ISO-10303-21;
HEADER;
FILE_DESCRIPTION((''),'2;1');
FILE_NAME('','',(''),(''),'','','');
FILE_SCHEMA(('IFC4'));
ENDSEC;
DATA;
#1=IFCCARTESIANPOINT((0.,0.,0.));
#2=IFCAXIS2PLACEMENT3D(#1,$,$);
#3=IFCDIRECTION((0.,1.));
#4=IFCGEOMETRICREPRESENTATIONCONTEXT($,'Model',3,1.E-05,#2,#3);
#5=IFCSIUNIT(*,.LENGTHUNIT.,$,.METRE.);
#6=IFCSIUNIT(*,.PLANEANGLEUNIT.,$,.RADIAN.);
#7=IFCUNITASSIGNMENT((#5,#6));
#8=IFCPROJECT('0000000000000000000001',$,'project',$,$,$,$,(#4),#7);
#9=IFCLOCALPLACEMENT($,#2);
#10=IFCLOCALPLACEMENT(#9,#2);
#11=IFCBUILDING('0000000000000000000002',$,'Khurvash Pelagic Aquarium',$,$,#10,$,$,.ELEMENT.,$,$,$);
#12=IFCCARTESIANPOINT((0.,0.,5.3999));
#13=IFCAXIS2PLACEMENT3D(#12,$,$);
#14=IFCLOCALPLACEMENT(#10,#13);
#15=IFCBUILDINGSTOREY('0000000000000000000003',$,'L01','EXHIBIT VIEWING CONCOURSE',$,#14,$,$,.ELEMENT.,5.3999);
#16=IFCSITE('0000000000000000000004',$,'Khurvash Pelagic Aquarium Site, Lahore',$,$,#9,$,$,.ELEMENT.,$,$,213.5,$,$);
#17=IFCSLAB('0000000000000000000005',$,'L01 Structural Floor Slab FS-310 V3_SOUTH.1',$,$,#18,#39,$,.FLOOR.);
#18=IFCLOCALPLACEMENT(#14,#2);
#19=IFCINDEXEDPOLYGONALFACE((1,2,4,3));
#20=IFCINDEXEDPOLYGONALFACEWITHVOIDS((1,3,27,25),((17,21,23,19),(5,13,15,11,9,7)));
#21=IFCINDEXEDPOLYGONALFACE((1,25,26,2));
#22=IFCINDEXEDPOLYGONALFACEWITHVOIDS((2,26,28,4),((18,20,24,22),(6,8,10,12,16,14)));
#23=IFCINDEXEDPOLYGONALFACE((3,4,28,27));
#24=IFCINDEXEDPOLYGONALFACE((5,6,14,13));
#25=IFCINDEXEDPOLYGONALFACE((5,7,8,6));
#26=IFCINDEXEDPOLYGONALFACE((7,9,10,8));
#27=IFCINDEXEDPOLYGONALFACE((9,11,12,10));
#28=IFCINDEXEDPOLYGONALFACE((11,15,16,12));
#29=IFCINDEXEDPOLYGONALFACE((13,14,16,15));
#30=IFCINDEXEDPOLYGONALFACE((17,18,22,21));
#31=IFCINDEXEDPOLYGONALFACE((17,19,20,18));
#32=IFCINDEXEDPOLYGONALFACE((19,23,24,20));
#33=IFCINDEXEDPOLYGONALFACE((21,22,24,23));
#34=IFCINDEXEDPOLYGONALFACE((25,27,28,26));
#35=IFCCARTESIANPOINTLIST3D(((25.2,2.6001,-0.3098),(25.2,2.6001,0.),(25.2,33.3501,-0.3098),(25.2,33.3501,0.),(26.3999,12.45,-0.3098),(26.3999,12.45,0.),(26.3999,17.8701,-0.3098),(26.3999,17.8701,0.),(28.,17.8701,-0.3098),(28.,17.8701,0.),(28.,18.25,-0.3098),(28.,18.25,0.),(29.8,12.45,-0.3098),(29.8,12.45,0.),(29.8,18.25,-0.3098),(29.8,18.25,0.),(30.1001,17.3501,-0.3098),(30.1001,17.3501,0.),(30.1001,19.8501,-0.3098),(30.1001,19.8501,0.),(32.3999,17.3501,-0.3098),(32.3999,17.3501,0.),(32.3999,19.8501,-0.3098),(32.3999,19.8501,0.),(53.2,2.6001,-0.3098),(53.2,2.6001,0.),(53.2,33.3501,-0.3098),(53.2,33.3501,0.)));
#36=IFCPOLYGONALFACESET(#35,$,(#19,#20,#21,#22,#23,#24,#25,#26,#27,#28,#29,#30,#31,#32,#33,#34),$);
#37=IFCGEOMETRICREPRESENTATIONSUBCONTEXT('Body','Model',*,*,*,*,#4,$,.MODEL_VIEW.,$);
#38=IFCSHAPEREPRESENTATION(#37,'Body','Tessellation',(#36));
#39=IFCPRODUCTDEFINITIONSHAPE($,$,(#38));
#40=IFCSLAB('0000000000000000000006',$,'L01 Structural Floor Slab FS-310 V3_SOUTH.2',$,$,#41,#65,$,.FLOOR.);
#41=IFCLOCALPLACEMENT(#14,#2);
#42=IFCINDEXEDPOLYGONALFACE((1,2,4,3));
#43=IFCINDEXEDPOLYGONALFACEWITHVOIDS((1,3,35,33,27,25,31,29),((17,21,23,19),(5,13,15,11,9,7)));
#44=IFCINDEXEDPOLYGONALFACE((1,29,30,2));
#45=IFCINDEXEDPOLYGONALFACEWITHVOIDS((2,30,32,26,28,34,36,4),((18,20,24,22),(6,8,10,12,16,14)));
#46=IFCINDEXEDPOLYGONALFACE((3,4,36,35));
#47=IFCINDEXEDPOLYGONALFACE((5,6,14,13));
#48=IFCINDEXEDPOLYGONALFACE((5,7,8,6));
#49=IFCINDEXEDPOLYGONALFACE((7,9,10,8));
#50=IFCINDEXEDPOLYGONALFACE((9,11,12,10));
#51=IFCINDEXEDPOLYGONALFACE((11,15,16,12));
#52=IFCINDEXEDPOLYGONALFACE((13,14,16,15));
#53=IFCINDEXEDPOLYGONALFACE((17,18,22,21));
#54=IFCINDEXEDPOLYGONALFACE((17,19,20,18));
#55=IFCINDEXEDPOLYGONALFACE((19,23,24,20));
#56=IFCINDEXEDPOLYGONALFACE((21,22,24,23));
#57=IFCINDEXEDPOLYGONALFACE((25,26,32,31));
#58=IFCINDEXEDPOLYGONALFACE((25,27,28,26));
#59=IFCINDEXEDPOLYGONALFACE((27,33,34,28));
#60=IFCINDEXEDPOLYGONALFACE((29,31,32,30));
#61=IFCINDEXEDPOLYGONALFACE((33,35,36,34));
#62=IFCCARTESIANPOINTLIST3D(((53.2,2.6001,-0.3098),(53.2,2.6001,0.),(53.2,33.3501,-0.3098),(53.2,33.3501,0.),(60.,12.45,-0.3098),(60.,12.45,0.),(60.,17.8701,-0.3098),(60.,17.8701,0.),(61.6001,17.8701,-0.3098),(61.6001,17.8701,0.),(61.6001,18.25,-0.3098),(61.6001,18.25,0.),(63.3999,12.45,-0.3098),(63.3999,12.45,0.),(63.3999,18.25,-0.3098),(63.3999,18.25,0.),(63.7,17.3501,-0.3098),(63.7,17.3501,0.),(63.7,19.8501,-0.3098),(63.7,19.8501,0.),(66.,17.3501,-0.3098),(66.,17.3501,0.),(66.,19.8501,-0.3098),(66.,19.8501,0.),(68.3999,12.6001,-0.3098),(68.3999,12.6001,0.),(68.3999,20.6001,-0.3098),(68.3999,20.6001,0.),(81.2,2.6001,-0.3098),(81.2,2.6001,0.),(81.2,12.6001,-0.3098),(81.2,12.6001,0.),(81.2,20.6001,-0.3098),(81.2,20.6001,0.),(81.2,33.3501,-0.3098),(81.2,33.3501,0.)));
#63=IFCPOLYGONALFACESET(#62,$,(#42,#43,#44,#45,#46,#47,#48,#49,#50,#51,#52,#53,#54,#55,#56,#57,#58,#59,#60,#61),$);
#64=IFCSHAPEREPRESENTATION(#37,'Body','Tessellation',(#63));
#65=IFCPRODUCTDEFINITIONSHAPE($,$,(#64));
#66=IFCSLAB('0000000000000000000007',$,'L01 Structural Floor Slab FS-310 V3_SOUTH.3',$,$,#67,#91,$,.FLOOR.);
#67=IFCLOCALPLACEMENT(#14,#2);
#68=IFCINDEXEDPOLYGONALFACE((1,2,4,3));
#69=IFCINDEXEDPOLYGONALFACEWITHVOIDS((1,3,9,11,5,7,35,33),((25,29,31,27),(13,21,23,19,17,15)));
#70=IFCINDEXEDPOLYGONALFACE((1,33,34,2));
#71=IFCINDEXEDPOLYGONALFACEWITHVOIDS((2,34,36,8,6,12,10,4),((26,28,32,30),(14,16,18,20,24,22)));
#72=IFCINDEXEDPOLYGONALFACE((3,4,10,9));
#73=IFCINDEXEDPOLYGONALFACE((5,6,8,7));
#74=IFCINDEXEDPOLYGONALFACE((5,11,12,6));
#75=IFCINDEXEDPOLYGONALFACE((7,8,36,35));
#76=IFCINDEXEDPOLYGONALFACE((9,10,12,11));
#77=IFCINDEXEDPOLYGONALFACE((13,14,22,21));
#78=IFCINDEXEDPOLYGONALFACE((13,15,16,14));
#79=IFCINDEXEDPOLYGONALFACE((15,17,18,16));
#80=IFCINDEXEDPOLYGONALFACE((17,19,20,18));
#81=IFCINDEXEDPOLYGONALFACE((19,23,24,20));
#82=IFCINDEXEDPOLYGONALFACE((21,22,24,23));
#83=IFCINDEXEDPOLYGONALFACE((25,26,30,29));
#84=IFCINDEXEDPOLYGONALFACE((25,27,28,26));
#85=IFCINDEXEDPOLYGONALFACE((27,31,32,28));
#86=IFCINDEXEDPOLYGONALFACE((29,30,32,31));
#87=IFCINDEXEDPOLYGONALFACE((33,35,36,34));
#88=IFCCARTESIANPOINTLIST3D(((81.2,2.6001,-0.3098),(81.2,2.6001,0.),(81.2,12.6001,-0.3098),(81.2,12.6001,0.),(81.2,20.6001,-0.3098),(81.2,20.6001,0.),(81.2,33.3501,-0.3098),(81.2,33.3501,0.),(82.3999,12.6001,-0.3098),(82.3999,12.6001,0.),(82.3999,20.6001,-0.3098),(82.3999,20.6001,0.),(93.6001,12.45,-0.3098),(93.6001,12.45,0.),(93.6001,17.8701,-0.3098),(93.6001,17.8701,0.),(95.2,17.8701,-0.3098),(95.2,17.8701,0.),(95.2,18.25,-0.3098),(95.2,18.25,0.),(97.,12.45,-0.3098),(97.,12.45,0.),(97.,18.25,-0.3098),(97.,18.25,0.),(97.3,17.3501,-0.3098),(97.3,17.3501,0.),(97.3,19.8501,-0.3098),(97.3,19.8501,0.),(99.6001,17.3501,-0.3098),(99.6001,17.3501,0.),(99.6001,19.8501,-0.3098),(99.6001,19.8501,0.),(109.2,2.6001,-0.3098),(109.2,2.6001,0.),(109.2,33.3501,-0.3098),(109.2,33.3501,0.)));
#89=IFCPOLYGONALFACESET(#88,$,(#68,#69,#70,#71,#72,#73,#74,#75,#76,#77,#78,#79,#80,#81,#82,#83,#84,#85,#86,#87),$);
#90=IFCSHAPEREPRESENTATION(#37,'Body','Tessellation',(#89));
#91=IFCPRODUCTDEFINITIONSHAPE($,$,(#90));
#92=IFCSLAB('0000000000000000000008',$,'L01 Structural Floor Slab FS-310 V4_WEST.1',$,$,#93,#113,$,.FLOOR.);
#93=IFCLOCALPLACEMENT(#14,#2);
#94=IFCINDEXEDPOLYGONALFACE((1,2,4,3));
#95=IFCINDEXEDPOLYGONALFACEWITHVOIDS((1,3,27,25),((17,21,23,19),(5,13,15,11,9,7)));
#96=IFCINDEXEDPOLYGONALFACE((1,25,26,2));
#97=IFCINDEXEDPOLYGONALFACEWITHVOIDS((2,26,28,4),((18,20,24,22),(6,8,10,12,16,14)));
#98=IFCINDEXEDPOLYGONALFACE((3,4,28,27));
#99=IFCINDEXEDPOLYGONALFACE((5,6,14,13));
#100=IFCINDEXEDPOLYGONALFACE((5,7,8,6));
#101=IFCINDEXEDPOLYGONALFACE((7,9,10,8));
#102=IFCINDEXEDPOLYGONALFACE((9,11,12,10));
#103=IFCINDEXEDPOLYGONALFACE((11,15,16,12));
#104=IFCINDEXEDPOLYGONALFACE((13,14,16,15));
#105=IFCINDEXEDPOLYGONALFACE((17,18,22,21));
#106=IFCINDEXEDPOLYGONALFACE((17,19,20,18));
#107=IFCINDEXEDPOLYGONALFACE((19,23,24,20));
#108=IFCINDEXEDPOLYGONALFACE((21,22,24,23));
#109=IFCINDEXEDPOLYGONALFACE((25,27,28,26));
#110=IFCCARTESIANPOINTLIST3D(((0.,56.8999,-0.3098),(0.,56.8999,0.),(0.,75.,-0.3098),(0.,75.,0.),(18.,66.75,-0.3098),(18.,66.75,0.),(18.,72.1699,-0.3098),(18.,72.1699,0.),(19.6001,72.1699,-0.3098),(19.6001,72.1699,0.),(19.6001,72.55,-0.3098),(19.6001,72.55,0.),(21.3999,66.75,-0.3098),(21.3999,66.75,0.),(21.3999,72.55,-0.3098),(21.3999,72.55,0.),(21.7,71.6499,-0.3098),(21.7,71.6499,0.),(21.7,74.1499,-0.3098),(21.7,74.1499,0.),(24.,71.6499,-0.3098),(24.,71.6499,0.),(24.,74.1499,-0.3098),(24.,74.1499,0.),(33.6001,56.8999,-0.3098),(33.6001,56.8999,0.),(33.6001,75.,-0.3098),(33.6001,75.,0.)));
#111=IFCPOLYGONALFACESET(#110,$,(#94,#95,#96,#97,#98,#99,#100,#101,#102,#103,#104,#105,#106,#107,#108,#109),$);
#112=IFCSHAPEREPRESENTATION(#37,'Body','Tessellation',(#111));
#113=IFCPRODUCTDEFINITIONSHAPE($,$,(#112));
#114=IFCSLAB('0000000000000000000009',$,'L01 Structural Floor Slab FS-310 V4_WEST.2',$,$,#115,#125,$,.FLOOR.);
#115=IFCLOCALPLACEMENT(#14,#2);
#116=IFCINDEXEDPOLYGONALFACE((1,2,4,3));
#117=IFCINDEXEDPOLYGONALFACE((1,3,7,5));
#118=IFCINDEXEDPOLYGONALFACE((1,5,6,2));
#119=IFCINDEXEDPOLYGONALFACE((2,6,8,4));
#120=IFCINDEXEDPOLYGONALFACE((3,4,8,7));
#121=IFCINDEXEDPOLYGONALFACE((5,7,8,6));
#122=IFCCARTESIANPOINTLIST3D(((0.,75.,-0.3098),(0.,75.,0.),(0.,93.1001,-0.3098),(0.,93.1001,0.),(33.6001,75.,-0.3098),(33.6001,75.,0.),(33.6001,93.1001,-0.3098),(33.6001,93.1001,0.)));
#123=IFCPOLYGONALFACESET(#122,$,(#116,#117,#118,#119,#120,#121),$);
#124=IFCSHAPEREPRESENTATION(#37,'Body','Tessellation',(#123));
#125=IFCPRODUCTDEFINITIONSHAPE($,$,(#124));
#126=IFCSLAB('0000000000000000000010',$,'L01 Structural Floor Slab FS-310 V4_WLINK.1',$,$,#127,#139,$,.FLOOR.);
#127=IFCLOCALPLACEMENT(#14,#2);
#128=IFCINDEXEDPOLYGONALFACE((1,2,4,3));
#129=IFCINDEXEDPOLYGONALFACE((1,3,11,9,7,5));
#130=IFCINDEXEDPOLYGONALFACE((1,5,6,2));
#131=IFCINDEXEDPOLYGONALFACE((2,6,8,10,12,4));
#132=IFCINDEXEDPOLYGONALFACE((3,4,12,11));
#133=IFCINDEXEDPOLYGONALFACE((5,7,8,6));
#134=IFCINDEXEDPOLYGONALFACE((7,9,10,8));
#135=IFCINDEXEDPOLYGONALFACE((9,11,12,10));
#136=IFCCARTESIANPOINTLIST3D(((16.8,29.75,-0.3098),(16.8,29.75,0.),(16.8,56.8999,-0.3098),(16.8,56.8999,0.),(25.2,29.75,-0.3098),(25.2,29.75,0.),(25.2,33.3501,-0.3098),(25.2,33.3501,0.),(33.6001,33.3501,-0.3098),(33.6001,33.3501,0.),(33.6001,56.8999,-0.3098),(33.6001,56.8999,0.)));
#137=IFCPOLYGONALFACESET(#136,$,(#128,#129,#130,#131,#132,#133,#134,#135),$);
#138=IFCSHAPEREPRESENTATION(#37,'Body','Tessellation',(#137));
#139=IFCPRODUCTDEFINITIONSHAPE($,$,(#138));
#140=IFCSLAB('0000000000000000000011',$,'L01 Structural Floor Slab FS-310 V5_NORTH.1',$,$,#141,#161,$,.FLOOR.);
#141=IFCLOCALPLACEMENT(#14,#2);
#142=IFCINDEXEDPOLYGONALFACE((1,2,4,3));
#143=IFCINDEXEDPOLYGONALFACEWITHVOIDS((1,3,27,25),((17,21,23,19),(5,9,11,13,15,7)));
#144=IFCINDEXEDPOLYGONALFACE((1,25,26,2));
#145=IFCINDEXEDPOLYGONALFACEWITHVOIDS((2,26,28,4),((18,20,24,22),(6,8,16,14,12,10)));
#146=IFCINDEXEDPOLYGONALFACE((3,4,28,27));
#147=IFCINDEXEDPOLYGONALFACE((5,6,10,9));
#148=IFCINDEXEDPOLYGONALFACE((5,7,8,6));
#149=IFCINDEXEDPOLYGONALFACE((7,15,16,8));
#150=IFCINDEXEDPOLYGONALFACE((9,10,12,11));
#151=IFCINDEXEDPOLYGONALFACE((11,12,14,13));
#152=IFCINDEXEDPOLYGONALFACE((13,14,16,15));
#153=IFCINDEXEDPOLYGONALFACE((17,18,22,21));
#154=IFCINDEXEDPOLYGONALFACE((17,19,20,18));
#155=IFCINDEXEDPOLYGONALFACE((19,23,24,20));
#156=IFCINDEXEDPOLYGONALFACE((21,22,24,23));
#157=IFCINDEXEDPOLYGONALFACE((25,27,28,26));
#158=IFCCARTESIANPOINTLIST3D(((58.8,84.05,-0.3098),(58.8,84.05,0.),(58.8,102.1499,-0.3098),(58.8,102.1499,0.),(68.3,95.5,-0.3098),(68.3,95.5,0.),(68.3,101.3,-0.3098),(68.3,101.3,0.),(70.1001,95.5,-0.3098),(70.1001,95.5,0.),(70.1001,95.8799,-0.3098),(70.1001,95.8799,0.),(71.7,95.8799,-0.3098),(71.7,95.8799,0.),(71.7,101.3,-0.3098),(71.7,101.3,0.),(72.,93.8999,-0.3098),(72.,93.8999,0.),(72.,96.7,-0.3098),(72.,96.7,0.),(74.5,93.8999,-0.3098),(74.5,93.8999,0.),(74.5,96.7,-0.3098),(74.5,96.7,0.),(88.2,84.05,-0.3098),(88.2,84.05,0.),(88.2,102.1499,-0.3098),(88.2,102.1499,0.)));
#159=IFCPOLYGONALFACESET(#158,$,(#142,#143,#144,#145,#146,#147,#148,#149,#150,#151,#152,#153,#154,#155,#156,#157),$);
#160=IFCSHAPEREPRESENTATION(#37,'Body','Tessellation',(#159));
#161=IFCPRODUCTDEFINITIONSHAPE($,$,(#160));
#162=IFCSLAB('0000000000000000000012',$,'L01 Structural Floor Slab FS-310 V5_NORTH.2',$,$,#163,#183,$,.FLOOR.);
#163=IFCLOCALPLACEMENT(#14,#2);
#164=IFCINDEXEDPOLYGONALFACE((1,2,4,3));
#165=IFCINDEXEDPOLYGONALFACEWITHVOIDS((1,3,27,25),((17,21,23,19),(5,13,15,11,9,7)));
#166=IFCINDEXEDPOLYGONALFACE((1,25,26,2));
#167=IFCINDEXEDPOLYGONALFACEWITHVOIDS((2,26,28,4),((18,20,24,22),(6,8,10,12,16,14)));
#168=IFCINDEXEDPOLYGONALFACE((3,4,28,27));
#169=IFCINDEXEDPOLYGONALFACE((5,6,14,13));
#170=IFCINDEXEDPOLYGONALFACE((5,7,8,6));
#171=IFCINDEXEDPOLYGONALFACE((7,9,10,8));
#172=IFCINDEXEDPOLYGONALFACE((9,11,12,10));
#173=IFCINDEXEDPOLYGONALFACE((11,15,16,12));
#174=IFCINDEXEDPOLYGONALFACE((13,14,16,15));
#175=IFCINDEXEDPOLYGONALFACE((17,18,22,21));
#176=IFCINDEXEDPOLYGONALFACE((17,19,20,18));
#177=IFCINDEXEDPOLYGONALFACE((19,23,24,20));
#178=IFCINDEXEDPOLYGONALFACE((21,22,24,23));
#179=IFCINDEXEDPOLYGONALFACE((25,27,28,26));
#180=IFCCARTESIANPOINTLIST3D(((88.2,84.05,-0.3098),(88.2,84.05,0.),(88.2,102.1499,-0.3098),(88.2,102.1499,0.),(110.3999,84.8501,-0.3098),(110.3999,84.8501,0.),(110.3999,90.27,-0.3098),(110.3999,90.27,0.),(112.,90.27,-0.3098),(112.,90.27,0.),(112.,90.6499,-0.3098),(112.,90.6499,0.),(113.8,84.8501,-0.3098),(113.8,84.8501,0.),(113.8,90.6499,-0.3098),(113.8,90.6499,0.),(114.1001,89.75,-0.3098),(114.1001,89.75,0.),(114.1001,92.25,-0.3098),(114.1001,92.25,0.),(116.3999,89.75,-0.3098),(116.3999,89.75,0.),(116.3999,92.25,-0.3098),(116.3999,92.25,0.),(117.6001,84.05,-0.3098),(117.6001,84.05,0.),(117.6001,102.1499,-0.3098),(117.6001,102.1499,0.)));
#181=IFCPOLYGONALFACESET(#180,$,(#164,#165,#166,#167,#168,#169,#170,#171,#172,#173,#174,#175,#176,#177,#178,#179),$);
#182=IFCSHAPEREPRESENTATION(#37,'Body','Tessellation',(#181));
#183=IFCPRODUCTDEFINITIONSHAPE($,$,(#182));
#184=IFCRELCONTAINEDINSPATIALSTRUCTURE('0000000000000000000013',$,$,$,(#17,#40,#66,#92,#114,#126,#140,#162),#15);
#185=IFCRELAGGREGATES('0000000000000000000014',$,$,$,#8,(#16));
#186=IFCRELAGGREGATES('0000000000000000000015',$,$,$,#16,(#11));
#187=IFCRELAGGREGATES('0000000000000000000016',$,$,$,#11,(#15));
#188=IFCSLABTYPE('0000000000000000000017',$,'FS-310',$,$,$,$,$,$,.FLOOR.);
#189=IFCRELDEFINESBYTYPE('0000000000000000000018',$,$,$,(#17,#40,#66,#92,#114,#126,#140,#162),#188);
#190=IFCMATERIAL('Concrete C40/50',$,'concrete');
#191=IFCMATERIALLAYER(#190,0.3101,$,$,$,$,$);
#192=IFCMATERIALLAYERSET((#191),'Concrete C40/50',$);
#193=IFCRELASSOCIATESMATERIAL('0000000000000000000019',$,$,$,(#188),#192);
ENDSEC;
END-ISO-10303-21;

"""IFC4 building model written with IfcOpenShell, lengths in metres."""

from ifc_helpers import new_model, si_unit, direction, frame, origin, place, context, subcontext, project, spatial, polyline, outline, extrude, material, layer, layer_set, type_object, element, save


model = new_model("IFC4")

# Units and contexts
model_context = context("Model", 3, precision=1e-05, world=origin(), true_north=direction((0.0, 1.0)))
body_context = subcontext(model_context, "Body", "Model", "MODEL_VIEW")
ifc_project = project(units=[si_unit("LENGTHUNIT", "METRE"), si_unit("PLANEANGLEUNIT", "RADIAN")], contexts=[model_context])

# Site, building, storey
site_placement = place(None, origin())
site = spatial("IfcSite", under=ifc_project, at=site_placement, Name="Khurvash Pelagic Aquarium Site, Lahore", CompositionType="ELEMENT", RefElevation=213.5)
building_placement = place(site_placement, origin())
building = spatial("IfcBuilding", under=site, at=building_placement, Name="Khurvash Pelagic Aquarium", CompositionType="ELEMENT")
storey_placement = place(building_placement, frame((0.0, 0.0, 5.3999)))
storey = spatial("IfcBuildingStorey", under=building, at=storey_placement, Name="L01", Description="EXHIBIT VIEWING CONCOURSE", CompositionType="ELEMENT", Elevation=5.3999)

# Slabs
ifc_material_1 = material(Name="Concrete C40/50", Category="concrete")
ifc_layer_1 = layer(ifc_material_1, 0.3101)
ifc_layer_set_1 = layer_set([ifc_layer_1], Name="Concrete C40/50")
slab_type_1 = type_object("IfcSlabType", Name="FS-310", PredefinedType="FLOOR", material=ifc_layer_set_1)
slab_1_placement = place(storey_placement, frame((0.0, 0.0, -0.3098)))
element("IfcSlab", 1, at=slab_1_placement, inside=storey, type_object=slab_type_1, Name="L01 Structural Floor Slab FS-310 V3_SOUTH.1", PredefinedType="FLOOR", context=body_context, shape_type="SweptSolid", body=[
    extrude(outline(polyline([(25.2, 2.6001), (53.2, 2.6001), (53.2, 33.3501), (25.2, 33.3501), (25.2, 2.6001)]), holes=[polyline([(28.0, 18.25), (29.8, 18.25), (29.8, 12.45), (26.3999, 12.45), (26.3999, 17.8701), (28.0, 17.8701), (28.0, 18.25)]), polyline([(32.3999, 17.3501), (30.1001, 17.3501), (30.1001, 19.8501), (32.3999, 19.8501), (32.3999, 17.3501)])]), origin(), (0.0, 0.0, 1.0), 0.3098),
])
slab_2_placement = place(storey_placement, frame((0.0, 0.0, -0.3098)))
element("IfcSlab", 2, at=slab_2_placement, inside=storey, type_object=slab_type_1, Name="L01 Structural Floor Slab FS-310 V3_SOUTH.2", PredefinedType="FLOOR", context=body_context, shape_type="SweptSolid", body=[
    extrude(outline(polyline([(68.3999, 20.6001), (81.2, 20.6001), (81.2, 33.3501), (53.2, 33.3501), (53.2, 2.6001), (81.2, 2.6001), (81.2, 12.6001), (68.3999, 12.6001), (68.3999, 20.6001)]), holes=[polyline([(61.6001, 18.25), (63.3999, 18.25), (63.3999, 12.45), (60.0, 12.45), (60.0, 17.8701), (61.6001, 17.8701), (61.6001, 18.25)]), polyline([(66.0, 17.3501), (63.7, 17.3501), (63.7, 19.8501), (66.0, 19.8501), (66.0, 17.3501)])]), origin(), (0.0, 0.0, 1.0), 0.3098),
])
slab_3_placement = place(storey_placement, frame((0.0, 0.0, -0.3098)))
element("IfcSlab", 3, at=slab_3_placement, inside=storey, type_object=slab_type_1, Name="L01 Structural Floor Slab FS-310 V3_SOUTH.3", PredefinedType="FLOOR", context=body_context, shape_type="SweptSolid", body=[
    extrude(outline(polyline([(81.2, 2.6001), (109.2, 2.6001), (109.2, 33.3501), (81.2, 33.3501), (81.2, 20.6001), (82.3999, 20.6001), (82.3999, 12.6001), (81.2, 12.6001), (81.2, 2.6001)]), holes=[polyline([(95.2, 18.25), (97.0, 18.25), (97.0, 12.45), (93.6001, 12.45), (93.6001, 17.8701), (95.2, 17.8701), (95.2, 18.25)]), polyline([(99.6001, 17.3501), (97.3, 17.3501), (97.3, 19.8501), (99.6001, 19.8501), (99.6001, 17.3501)])]), origin(), (0.0, 0.0, 1.0), 0.3098),
])
slab_4_placement = place(storey_placement, frame((0.0, 0.0, -0.3098)))
element("IfcSlab", 4, at=slab_4_placement, inside=storey, type_object=slab_type_1, Name="L01 Structural Floor Slab FS-310 V4_WEST.1", PredefinedType="FLOOR", context=body_context, shape_type="SweptSolid", body=[
    extrude(outline(polyline([(0.0, 56.8999), (33.6001, 56.8999), (33.6001, 75.0), (0.0, 75.0), (0.0, 56.8999)]), holes=[polyline([(19.6001, 72.55), (21.3999, 72.55), (21.3999, 66.75), (18.0, 66.75), (18.0, 72.1699), (19.6001, 72.1699), (19.6001, 72.55)]), polyline([(24.0, 71.6499), (21.7, 71.6499), (21.7, 74.1499), (24.0, 74.1499), (24.0, 71.6499)])]), origin(), (0.0, 0.0, 1.0), 0.3098),
])
slab_5_placement = place(storey_placement, frame((0.0, 0.0, -0.3098)))
element("IfcSlab", 5, at=slab_5_placement, inside=storey, type_object=slab_type_1, Name="L01 Structural Floor Slab FS-310 V4_WEST.2", PredefinedType="FLOOR", context=body_context, shape_type="SweptSolid", body=[
    extrude(outline(polyline([(0.0, 75.0), (33.6001, 75.0), (33.6001, 93.1001), (0.0, 93.1001), (0.0, 75.0)])), origin(), (0.0, 0.0, 1.0), 0.3098),
])
slab_6_placement = place(storey_placement, frame((0.0, 0.0, -0.3098)))
element("IfcSlab", 6, at=slab_6_placement, inside=storey, type_object=slab_type_1, Name="L01 Structural Floor Slab FS-310 V4_WLINK.1", PredefinedType="FLOOR", context=body_context, shape_type="SweptSolid", body=[
    extrude(outline(polyline([(33.6001, 56.8999), (16.8, 56.8999), (16.8, 29.75), (25.2, 29.75), (25.2, 33.3501), (33.6001, 33.3501), (33.6001, 56.8999)])), origin(), (0.0, 0.0, 1.0), 0.3098),
])
slab_7_placement = place(storey_placement, frame((0.0, 0.0, -0.3098)))
element("IfcSlab", 7, at=slab_7_placement, inside=storey, type_object=slab_type_1, Name="L01 Structural Floor Slab FS-310 V5_NORTH.1", PredefinedType="FLOOR", context=body_context, shape_type="SweptSolid", body=[
    extrude(outline(polyline([(58.8, 84.05), (88.2, 84.05), (88.2, 102.1499), (58.8, 102.1499), (58.8, 84.05)]), holes=[polyline([(70.1001, 95.5), (68.3, 95.5), (68.3, 101.3), (71.7, 101.3), (71.7, 95.8799), (70.1001, 95.8799), (70.1001, 95.5)]), polyline([(74.5, 93.8999), (72.0, 93.8999), (72.0, 96.7), (74.5, 96.7), (74.5, 93.8999)])]), origin(), (0.0, 0.0, 1.0), 0.3098),
])
slab_8_placement = place(storey_placement, frame((0.0, 0.0, -0.3098)))
element("IfcSlab", 8, at=slab_8_placement, inside=storey, type_object=slab_type_1, Name="L01 Structural Floor Slab FS-310 V5_NORTH.2", PredefinedType="FLOOR", context=body_context, shape_type="SweptSolid", body=[
    extrude(outline(polyline([(117.6001, 84.05), (117.6001, 102.1499), (88.2, 102.1499), (88.2, 84.05), (117.6001, 84.05)]), holes=[polyline([(112.0, 90.6499), (113.8, 90.6499), (113.8, 84.8501), (110.3999, 84.8501), (110.3999, 90.27), (112.0, 90.27), (112.0, 90.6499)]), polyline([(116.3999, 89.75), (114.1001, 89.75), (114.1001, 92.25), (116.3999, 92.25), (116.3999, 89.75)])]), origin(), (0.0, 0.0, 1.0), 0.3098),
])

save(model, "model.ifc")
